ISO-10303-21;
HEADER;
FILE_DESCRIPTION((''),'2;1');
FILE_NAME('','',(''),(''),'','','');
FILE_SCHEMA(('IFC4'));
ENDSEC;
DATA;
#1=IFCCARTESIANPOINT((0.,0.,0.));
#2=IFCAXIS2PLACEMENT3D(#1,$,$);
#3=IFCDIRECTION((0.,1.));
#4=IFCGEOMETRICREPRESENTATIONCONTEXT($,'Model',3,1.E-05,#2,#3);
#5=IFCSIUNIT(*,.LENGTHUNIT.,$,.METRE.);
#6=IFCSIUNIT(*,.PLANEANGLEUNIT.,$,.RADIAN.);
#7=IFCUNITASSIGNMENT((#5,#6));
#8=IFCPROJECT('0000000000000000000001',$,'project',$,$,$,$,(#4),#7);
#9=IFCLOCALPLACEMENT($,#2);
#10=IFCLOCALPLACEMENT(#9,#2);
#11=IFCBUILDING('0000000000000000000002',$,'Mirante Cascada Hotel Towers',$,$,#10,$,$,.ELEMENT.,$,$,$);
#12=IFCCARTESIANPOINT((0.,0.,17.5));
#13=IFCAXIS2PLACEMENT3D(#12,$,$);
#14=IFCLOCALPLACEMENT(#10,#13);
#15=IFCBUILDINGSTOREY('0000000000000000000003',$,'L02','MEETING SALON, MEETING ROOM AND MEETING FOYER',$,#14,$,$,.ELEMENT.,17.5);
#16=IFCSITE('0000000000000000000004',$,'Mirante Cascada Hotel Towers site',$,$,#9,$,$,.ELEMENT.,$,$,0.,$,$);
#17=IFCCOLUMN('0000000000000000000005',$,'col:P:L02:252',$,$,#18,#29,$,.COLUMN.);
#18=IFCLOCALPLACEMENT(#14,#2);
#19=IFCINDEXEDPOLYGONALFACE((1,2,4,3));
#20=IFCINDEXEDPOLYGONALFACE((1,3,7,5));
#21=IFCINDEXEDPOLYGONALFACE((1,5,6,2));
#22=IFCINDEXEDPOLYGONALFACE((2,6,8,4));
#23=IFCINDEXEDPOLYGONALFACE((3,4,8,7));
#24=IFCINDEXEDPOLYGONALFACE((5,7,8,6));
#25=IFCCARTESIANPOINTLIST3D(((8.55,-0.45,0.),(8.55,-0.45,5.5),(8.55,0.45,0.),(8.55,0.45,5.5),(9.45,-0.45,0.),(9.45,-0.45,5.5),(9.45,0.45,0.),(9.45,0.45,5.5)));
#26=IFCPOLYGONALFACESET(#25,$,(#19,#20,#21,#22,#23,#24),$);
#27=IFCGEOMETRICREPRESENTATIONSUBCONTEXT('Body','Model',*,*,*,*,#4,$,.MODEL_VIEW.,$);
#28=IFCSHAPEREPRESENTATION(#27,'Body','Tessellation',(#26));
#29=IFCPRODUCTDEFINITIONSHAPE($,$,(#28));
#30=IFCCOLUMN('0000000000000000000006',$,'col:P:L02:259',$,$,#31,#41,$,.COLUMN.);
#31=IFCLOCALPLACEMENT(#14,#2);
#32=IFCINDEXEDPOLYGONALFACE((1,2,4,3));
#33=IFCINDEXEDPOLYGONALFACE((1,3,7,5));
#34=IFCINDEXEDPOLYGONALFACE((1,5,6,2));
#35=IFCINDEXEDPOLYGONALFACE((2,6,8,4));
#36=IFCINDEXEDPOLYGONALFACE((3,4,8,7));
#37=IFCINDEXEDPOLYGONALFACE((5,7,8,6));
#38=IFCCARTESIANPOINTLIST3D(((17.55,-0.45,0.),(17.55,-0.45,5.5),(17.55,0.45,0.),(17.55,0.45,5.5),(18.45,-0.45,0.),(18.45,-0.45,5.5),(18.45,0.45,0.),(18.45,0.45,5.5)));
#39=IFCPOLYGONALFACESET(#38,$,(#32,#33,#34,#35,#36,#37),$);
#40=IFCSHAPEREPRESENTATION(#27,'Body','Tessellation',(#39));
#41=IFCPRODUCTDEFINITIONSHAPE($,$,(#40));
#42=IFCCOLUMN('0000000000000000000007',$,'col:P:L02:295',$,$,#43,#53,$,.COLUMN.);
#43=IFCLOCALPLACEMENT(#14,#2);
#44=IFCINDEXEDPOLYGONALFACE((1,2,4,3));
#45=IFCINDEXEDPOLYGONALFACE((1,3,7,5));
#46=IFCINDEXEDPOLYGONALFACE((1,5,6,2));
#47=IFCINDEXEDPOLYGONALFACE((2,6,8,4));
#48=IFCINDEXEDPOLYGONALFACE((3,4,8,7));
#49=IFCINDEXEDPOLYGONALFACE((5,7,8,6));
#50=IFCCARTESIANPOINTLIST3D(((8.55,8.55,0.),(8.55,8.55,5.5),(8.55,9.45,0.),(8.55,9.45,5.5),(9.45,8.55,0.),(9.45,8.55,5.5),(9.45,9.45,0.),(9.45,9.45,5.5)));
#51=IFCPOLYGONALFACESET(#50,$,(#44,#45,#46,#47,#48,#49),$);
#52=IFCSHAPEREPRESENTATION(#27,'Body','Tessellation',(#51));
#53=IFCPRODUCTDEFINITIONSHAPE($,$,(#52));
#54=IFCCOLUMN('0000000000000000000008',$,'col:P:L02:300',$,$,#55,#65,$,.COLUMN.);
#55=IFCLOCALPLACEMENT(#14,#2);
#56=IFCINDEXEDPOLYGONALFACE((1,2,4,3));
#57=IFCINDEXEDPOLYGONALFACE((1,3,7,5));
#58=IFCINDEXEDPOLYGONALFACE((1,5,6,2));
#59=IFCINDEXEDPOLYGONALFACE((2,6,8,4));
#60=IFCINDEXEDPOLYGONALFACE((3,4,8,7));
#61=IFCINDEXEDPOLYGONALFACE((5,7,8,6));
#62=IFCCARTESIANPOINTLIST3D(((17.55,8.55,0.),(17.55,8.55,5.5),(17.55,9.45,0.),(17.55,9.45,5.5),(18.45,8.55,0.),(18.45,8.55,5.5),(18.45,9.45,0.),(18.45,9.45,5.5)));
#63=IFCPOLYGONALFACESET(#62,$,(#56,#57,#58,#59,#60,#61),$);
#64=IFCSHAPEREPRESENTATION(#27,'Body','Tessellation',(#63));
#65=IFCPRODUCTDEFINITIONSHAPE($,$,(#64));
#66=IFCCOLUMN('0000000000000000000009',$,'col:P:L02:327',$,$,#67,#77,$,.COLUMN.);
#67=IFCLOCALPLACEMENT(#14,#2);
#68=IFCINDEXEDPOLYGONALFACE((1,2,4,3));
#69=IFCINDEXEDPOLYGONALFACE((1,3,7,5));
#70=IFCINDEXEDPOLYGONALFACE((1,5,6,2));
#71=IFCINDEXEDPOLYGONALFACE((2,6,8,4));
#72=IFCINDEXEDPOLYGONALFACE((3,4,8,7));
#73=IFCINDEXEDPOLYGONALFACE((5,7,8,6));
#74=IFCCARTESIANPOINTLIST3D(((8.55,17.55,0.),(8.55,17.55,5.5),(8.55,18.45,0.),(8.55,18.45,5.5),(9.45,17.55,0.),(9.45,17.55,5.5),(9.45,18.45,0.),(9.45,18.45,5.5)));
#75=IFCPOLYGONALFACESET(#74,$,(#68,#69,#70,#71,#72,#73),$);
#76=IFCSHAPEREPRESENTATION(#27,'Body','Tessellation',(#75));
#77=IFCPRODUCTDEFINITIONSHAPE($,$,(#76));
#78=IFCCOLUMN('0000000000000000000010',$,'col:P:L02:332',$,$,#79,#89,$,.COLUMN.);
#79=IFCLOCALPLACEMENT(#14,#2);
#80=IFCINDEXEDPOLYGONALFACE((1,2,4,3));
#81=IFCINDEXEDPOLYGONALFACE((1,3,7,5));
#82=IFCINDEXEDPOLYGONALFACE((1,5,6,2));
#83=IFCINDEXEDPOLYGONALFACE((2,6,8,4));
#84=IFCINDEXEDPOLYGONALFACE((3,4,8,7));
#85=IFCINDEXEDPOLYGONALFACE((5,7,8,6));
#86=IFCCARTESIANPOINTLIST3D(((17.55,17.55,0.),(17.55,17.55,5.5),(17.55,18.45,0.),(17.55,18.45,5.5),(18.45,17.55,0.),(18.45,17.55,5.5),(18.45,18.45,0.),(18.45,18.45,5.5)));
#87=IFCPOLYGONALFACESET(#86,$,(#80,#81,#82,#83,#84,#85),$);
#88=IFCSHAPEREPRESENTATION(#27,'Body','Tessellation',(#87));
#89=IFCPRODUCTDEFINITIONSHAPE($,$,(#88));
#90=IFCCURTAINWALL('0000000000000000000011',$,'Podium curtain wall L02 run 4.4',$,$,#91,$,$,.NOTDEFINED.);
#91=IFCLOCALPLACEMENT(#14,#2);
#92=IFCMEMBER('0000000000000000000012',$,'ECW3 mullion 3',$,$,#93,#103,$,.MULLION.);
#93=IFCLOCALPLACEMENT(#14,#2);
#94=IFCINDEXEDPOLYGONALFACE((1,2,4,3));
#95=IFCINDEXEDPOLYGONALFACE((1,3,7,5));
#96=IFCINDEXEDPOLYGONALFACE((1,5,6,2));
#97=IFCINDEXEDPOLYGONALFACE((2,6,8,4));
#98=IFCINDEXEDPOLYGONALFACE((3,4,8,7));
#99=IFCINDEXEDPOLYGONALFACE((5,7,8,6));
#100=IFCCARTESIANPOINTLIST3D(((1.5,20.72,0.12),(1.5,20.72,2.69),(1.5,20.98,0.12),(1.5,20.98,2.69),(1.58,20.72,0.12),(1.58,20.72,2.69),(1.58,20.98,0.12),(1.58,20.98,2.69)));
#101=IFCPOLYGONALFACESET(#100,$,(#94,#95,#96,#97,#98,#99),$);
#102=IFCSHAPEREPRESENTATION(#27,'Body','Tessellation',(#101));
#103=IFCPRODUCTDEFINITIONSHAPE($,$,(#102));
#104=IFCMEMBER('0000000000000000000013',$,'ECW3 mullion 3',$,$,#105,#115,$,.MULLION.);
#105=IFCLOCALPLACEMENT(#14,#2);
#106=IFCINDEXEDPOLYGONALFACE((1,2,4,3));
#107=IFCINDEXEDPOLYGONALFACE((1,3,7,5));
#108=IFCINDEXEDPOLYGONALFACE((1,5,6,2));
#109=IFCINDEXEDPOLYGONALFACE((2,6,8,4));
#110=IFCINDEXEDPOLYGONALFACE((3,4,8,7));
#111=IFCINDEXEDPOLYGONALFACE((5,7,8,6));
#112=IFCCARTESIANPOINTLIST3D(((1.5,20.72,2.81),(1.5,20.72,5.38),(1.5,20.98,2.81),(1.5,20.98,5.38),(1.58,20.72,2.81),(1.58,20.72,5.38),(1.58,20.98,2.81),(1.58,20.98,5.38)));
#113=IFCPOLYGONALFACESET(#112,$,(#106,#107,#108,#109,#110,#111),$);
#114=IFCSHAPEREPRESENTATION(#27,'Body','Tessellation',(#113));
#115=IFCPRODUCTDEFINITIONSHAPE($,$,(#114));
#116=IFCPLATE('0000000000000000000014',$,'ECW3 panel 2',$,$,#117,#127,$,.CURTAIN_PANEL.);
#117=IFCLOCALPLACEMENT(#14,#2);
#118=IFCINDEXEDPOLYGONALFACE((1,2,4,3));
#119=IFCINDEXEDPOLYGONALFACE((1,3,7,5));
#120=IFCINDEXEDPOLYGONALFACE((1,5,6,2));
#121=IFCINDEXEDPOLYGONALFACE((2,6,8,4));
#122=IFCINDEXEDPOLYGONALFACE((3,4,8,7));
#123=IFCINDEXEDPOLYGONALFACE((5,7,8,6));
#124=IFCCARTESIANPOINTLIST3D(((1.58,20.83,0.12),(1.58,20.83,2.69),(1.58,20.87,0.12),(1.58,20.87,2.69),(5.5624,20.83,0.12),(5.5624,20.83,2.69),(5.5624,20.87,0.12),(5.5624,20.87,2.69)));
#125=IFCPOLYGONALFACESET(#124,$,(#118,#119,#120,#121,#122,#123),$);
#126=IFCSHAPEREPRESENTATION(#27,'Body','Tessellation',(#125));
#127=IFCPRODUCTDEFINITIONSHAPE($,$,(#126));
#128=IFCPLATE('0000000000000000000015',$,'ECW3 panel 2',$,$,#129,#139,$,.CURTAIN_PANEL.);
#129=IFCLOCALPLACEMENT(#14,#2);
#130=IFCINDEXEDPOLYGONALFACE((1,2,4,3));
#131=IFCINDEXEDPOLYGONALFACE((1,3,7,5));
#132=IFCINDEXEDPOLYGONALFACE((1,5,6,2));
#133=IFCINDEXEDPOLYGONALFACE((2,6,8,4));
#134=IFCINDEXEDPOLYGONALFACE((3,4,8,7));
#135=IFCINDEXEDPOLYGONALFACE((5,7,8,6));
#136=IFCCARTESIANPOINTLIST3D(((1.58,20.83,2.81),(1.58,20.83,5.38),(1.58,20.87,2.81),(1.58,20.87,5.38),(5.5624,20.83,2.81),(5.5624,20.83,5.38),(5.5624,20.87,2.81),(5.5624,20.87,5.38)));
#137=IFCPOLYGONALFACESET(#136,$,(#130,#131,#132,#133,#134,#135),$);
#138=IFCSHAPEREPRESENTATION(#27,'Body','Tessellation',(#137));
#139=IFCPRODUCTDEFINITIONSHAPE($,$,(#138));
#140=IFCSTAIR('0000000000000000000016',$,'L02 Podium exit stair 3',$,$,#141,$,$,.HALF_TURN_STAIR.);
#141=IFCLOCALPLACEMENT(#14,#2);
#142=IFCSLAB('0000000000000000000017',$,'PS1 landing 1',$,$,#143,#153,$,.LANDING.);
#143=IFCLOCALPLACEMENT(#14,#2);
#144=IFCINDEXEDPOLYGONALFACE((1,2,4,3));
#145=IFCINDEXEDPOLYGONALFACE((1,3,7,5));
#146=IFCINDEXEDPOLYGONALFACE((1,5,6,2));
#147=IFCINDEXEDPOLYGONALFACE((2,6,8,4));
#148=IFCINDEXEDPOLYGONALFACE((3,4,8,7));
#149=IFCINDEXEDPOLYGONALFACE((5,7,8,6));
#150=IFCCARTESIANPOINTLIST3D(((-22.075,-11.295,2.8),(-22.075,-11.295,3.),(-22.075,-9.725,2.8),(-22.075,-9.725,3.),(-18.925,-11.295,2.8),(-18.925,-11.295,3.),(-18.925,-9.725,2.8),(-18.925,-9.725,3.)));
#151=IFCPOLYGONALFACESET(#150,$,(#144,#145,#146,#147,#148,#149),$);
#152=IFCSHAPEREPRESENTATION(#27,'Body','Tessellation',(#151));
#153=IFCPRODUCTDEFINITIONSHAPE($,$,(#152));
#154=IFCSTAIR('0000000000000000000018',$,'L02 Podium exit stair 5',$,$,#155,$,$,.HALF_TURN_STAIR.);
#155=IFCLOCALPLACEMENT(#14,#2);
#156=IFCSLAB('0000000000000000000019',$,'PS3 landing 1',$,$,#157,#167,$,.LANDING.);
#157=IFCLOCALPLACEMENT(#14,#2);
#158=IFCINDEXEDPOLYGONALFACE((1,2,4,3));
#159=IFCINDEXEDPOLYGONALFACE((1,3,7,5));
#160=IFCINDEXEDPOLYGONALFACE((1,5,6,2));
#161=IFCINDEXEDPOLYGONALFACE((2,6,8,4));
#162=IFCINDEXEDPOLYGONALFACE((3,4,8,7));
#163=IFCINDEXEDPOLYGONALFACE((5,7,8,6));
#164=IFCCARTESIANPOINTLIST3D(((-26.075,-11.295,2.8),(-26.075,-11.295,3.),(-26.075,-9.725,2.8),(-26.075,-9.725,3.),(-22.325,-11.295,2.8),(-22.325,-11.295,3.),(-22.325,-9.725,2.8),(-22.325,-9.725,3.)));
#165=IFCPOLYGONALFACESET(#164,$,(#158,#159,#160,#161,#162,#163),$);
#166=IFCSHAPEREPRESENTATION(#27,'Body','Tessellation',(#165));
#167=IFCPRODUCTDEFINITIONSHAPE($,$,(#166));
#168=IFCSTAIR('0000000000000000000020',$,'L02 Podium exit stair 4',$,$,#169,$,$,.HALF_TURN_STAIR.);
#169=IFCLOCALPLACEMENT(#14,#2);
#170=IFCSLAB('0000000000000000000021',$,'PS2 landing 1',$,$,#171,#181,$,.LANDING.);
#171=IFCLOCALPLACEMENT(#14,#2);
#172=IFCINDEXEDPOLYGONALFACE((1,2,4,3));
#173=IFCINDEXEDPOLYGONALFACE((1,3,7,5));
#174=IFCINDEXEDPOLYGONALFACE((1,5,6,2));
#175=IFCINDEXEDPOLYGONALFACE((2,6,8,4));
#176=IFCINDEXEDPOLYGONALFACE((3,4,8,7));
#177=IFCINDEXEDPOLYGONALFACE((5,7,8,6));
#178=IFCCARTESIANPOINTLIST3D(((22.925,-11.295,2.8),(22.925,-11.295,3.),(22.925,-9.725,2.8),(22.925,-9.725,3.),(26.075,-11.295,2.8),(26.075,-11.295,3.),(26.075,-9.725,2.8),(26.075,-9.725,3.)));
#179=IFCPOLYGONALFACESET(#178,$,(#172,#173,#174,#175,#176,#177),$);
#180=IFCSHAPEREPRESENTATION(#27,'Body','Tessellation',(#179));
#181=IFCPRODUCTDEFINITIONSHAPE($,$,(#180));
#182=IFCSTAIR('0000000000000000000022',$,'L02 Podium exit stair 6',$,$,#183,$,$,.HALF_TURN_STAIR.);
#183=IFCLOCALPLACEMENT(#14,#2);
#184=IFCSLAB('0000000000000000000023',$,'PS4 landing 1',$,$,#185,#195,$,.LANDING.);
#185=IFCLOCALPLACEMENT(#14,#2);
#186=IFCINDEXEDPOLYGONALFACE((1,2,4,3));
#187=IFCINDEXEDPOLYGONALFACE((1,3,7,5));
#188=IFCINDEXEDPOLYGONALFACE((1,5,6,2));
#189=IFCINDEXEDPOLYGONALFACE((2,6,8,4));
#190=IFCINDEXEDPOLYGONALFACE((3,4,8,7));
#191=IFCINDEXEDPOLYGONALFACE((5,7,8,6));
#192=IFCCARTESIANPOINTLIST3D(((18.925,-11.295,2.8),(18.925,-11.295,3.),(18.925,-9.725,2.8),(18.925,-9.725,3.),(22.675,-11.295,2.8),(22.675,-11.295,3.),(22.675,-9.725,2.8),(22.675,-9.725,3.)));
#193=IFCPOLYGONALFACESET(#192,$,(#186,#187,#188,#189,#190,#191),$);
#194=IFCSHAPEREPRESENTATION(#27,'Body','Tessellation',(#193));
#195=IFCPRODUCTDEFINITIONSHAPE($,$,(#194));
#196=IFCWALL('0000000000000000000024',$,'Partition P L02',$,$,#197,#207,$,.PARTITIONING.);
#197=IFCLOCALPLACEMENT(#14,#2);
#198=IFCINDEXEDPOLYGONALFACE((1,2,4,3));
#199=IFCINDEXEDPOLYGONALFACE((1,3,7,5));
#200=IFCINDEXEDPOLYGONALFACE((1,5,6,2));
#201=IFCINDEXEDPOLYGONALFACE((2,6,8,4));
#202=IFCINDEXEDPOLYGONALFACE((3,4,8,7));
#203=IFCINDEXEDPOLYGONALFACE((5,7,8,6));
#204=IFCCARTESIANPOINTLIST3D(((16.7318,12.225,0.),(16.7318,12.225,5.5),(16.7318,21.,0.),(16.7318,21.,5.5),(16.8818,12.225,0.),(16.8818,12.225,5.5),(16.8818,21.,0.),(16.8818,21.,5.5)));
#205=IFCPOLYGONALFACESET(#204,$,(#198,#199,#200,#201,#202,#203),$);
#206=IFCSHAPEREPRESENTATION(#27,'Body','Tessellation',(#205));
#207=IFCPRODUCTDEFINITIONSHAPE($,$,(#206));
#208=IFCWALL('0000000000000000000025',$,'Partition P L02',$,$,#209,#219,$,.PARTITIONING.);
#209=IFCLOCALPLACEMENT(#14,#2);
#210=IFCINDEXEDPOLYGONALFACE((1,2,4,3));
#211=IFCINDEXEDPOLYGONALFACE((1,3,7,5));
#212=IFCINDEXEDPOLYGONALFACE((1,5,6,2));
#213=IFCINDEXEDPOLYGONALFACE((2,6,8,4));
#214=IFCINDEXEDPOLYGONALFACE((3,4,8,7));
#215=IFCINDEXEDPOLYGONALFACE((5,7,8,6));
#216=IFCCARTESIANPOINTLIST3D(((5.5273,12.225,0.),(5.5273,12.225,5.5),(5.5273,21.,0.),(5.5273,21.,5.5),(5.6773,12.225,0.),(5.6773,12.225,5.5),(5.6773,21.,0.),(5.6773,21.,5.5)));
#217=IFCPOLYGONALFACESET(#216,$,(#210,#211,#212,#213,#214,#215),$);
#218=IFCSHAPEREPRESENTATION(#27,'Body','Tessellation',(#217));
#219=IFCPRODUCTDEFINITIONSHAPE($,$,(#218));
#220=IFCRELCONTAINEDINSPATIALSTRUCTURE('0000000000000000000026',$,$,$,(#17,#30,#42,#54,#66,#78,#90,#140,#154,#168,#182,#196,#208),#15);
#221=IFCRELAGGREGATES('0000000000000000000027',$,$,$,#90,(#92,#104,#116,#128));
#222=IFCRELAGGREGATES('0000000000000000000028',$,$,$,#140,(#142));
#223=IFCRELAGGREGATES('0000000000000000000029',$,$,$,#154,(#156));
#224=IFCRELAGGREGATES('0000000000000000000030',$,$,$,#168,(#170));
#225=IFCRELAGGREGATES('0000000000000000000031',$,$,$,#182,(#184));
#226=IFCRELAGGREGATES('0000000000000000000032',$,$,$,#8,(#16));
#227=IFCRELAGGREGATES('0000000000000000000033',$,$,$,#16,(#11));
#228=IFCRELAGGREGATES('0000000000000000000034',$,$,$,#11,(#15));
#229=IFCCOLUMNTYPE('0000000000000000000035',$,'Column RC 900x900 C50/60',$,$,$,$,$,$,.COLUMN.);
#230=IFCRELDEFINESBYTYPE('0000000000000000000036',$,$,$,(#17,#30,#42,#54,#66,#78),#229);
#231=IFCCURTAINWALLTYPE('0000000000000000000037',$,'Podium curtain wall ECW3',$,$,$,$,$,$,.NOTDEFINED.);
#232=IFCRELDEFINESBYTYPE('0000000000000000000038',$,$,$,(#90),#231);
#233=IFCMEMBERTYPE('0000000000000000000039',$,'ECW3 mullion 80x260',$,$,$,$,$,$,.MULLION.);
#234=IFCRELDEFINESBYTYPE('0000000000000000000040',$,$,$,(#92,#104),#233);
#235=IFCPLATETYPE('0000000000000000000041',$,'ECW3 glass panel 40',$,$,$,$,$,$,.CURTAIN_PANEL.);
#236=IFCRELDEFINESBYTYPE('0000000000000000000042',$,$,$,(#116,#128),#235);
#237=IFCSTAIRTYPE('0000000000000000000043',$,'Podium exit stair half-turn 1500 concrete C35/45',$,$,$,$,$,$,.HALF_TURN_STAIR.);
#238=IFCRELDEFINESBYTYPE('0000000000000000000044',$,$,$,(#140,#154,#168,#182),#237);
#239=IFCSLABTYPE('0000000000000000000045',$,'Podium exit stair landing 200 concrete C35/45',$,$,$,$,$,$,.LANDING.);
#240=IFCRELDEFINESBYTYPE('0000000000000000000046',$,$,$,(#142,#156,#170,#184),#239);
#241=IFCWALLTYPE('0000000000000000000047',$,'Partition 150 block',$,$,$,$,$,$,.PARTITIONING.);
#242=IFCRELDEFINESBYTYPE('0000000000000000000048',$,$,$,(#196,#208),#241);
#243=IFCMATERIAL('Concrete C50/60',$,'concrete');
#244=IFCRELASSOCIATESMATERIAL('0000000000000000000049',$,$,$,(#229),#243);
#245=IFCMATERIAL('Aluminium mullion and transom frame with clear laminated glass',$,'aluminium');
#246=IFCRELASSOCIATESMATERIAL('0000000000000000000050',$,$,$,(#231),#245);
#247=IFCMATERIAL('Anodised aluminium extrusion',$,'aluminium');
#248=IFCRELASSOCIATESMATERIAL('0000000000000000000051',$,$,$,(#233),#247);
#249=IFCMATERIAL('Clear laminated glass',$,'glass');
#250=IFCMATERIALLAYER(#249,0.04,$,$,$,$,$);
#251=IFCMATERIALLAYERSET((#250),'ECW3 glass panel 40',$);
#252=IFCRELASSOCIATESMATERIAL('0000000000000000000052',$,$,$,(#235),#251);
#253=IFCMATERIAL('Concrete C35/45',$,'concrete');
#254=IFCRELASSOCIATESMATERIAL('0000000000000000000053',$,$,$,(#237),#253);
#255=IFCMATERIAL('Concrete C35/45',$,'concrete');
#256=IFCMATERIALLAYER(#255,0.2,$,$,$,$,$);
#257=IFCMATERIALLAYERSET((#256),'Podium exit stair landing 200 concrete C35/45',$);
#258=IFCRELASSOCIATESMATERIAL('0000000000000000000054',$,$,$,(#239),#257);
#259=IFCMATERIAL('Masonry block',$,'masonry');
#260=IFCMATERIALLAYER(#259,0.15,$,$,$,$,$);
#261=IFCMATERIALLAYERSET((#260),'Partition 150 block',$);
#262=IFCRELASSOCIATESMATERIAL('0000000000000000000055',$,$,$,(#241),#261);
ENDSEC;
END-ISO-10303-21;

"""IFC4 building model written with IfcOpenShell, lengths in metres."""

from ifc_helpers import new_model, si_unit, direction, frame, frame_2d, origin, origin_2d, place, context, subcontext, project, spatial, polyline, rectangle, outline, extrude, material, layer, layer_set, material_profile, profile_set, type_object, element, aggregate, save


model = new_model("IFC4")

# Units and contexts
model_context = context("Model", 3, precision=1e-05, world=origin(), true_north=direction((0.0, 1.0)))
body_context = subcontext(model_context, "Body", "Model", "MODEL_VIEW")
ifc_project = project(units=[si_unit("LENGTHUNIT", "METRE"), si_unit("PLANEANGLEUNIT", "RADIAN")], contexts=[model_context])

# Site, building, storey
site_placement = place(None, origin())
site = spatial("IfcSite", under=ifc_project, at=site_placement, Name="Mirante Cascada Hotel Towers site", CompositionType="ELEMENT", RefElevation=0.0)
building_placement = place(site_placement, origin())
building = spatial("IfcBuilding", under=site, at=building_placement, Name="Mirante Cascada Hotel Towers", CompositionType="ELEMENT")
storey_placement = place(building_placement, frame((0.0, 0.0, 17.5)))
storey = spatial("IfcBuildingStorey", under=building, at=storey_placement, Name="L02", Description="MEETING SALON, MEETING ROOM AND MEETING FOYER", CompositionType="ELEMENT", Elevation=17.5)

# Columns
ifc_material_1 = material(Name="Concrete C50/60", Category="concrete")
ifc_material_profile_1 = material_profile(ifc_material_1, rectangle(XDim=0.9, YDim=0.9, at=origin_2d()), Name="RC 900x900")
ifc_profile_set_1 = profile_set([ifc_material_profile_1], Name="Concrete C50/60")
column_type = type_object("IfcColumnType", Name="Column RC 900x900 C50/60", PredefinedType="COLUMN", material=ifc_profile_set_1)
for number, where, z_axis, x_axis, name in (
    (1, (9.0, 0.0, 0.0), (0.0, 0.0, 1.0), (1.0, 0.0, 0.0), "col:P:L02:252"),
    (2, (18.0, 0.0, 0.0), (0.0, 0.0, 1.0), (1.0, 0.0, 0.0), "col:P:L02:259"),
    (3, (9.0, 9.0, 0.0), (0.0, 0.0, 1.0), (1.0, 0.0, 0.0), "col:P:L02:295"),
    (4, (18.0, 9.0, 0.0), (0.0, 0.0, 1.0), (1.0, 0.0, 0.0), "col:P:L02:300"),
    (5, (9.0, 18.0, 0.0), (0.0, 0.0, 1.0), (1.0, 0.0, 0.0), "col:P:L02:327"),
    (6, (18.0, 18.0, 0.0), (0.0, 0.0, 1.0), (1.0, 0.0, 0.0), "col:P:L02:332"),
):
    element("IfcColumn", number, at=place(storey_placement, frame(where, z_axis=z_axis, x_axis=x_axis)), inside=storey, type_object=column_type, Name=name, PredefinedType="COLUMN", context=body_context, shape_type="SweptSolid", body=[
        extrude(rectangle(XDim=0.9, YDim=0.9, at=origin_2d()), origin(), (0.0, 0.0, 1.0), 5.5),
    ])

# Curtain wall, members, plates
ifc_material_2 = material(Name="Aluminium mullion and transom frame with clear laminated glass", Category="aluminium")
curtain_wall_type = type_object("IfcCurtainWallType", Name="Podium curtain wall ECW3", PredefinedType="NOTDEFINED", material=ifc_material_2)
curtain_wall_placement = place(storey_placement, origin())
curtain_wall = element("IfcCurtainWall", 7, at=curtain_wall_placement, inside=storey, type_object=curtain_wall_type, Name="Podium curtain wall L02 run 4.4", PredefinedType="NOTDEFINED")
ifc_material_3 = material(Name="Anodised aluminium extrusion", Category="aluminium")
ifc_material_profile_2 = material_profile(ifc_material_3, rectangle(XDim=0.26, YDim=0.08, at=origin_2d()), Name="ECW3 MULLION 80x260")
ifc_profile_set_2 = profile_set([ifc_material_profile_2], Name="Anodised aluminium extrusion")
member_type = type_object("IfcMemberType", Name="ECW3 mullion 80x260", PredefinedType="MULLION", material=ifc_profile_set_2)
member_1_placement = place(storey_placement, frame((1.54, 20.85, 0.12), z_axis=(0.0, 0.0, 1.0), x_axis=(0.0, -1.0, 0.0)))
member_1 = element("IfcMember", 8, at=member_1_placement, type_object=member_type, Name="ECW3 mullion 3", PredefinedType="MULLION", context=body_context, shape_type="SweptSolid", body=[
    extrude(rectangle(XDim=0.26, YDim=0.08, at=origin_2d()), origin(), (0.0, 0.0, 1.0), 2.57),
])
member_2_placement = place(storey_placement, frame((1.54, 20.85, 2.81), z_axis=(0.0, 0.0, 1.0), x_axis=(0.0, -1.0, 0.0)))
member_2 = element("IfcMember", 9, at=member_2_placement, type_object=member_type, Name="ECW3 mullion 3", PredefinedType="MULLION", context=body_context, shape_type="SweptSolid", body=[
    extrude(rectangle(XDim=0.26, YDim=0.08, at=origin_2d()), origin(), (0.0, 0.0, 1.0), 2.57),
])
ifc_material_4 = material(Name="Clear laminated glass", Category="glass")
ifc_layer_1 = layer(ifc_material_4, 0.04)
ifc_layer_set_1 = layer_set([ifc_layer_1], Name="ECW3 glass panel 40")
plate_type = type_object("IfcPlateType", Name="ECW3 glass panel 40", PredefinedType="CURTAIN_PANEL", material=ifc_layer_set_1)
plate_1_placement = place(storey_placement, frame((3.5712, 20.85, 0.12), z_axis=(0.0, 0.0, 1.0), x_axis=(-1.0, 0.0, 0.0)))
plate_1 = element("IfcPlate", 10, at=plate_1_placement, type_object=plate_type, Name="ECW3 panel 2", PredefinedType="CURTAIN_PANEL", context=body_context, shape_type="SweptSolid", body=[
    extrude(rectangle(XDim=3.9825, YDim=0.04, at=origin_2d()), origin(), (0.0, 0.0, 1.0), 2.57),
])
plate_2_placement = place(storey_placement, frame((3.5712, 20.85, 2.81), z_axis=(0.0, 0.0, 1.0), x_axis=(-1.0, 0.0, 0.0)))
plate_2 = element("IfcPlate", 11, at=plate_2_placement, type_object=plate_type, Name="ECW3 panel 2", PredefinedType="CURTAIN_PANEL", context=body_context, shape_type="SweptSolid", body=[
    extrude(rectangle(XDim=3.9825, YDim=0.04, at=origin_2d()), origin(), (0.0, 0.0, 1.0), 2.57),
])
aggregate(curtain_wall, [member_1, member_2, plate_1, plate_2])

# Stairs, slabs
ifc_material_5 = material(Name="Concrete C35/45", Category="concrete")
stair_type = type_object("IfcStairType", Name="Podium exit stair half-turn 1500 concrete C35/45", PredefinedType="HALF_TURN_STAIR", material=ifc_material_5)
stair_1_placement = place(storey_placement, origin())
stair_1 = element("IfcStair", 12, at=stair_1_placement, inside=storey, type_object=stair_type, Name="L02 Podium exit stair 3", PredefinedType="HALF_TURN_STAIR")
ifc_material_6 = material(Name="Concrete C35/45", Category="concrete")
ifc_layer_2 = layer(ifc_material_6, 0.2)
ifc_layer_set_2 = layer_set([ifc_layer_2], Name="Podium exit stair landing 200 concrete C35/45")
slab_type = type_object("IfcSlabType", Name="Podium exit stair landing 200 concrete C35/45", PredefinedType="LANDING", material=ifc_layer_set_2)
slab_1_placement = place(storey_placement, frame((0.0, 0.0, 2.8)))
slab_1 = element("IfcSlab", 13, at=slab_1_placement, type_object=slab_type, Name="PS1 landing 1", PredefinedType="LANDING", context=body_context, shape_type="SweptSolid", body=[
    extrude(outline(polyline([(-18.925, -11.295), (-18.925, -9.725), (-22.075, -9.725), (-22.075, -11.295), (-18.925, -11.295)])), origin(), (0.0, 0.0, 1.0), 0.2),
])
aggregate(stair_1, [slab_1])
stair_2_placement = place(storey_placement, origin())
stair_2 = element("IfcStair", 14, at=stair_2_placement, inside=storey, type_object=stair_type, Name="L02 Podium exit stair 5", PredefinedType="HALF_TURN_STAIR")
slab_2_placement = place(storey_placement, frame((0.0, 0.0, 2.8)))
slab_2 = element("IfcSlab", 15, at=slab_2_placement, type_object=slab_type, Name="PS3 landing 1", PredefinedType="LANDING", context=body_context, shape_type="SweptSolid", body=[
    extrude(outline(polyline([(-22.325, -11.295), (-22.325, -9.725), (-26.075, -9.725), (-26.075, -11.295), (-22.325, -11.295)])), origin(), (0.0, 0.0, 1.0), 0.2),
])
aggregate(stair_2, [slab_2])
stair_3_placement = place(storey_placement, origin())
stair_3 = element("IfcStair", 16, at=stair_3_placement, inside=storey, type_object=stair_type, Name="L02 Podium exit stair 4", PredefinedType="HALF_TURN_STAIR")
slab_3_placement = place(storey_placement, frame((0.0, 0.0, 2.8)))
slab_3 = element("IfcSlab", 17, at=slab_3_placement, type_object=slab_type, Name="PS2 landing 1", PredefinedType="LANDING", context=body_context, shape_type="SweptSolid", body=[
    extrude(outline(polyline([(26.075, -11.295), (26.075, -9.725), (22.925, -9.725), (22.925, -11.295), (26.075, -11.295)])), origin(), (0.0, 0.0, 1.0), 0.2),
])
aggregate(stair_3, [slab_3])
stair_4_placement = place(storey_placement, origin())
stair_4 = element("IfcStair", 18, at=stair_4_placement, inside=storey, type_object=stair_type, Name="L02 Podium exit stair 6", PredefinedType="HALF_TURN_STAIR")
slab_4_placement = place(storey_placement, frame((0.0, 0.0, 2.8)))
slab_4 = element("IfcSlab", 19, at=slab_4_placement, type_object=slab_type, Name="PS4 landing 1", PredefinedType="LANDING", context=body_context, shape_type="SweptSolid", body=[
    extrude(outline(polyline([(22.675, -11.295), (22.675, -9.725), (18.925, -9.725), (18.925, -11.295), (22.675, -11.295)])), origin(), (0.0, 0.0, 1.0), 0.2),
])
aggregate(stair_4, [slab_4])

# Walls
ifc_material_7 = material(Name="Masonry block", Category="masonry")
ifc_layer_3 = layer(ifc_material_7, 0.15)
ifc_layer_set_3 = layer_set([ifc_layer_3], Name="Partition 150 block")
wall_type_1 = type_object("IfcWallType", Name="Partition 150 block", PredefinedType="PARTITIONING", material=ifc_layer_set_3)
for number, where, z_axis, x_axis, name in (
    (20, (16.8068, 12.225, 0.0), (0.0, 0.0, 1.0), (0.0, 1.0, 0.0), "Partition P L02"),
    (21, (5.6023, 12.225, 0.0), (0.0, 0.0, 1.0), (0.0, 1.0, 0.0), "Partition P L02"),
):
    element("IfcWall", number, at=place(storey_placement, frame(where, z_axis=z_axis, x_axis=x_axis)), inside=storey, type_object=wall_type_1, Name=name, PredefinedType="PARTITIONING", context=body_context, shape_type="SweptSolid", body=[
        extrude(rectangle(XDim=8.775, YDim=0.15, at=frame_2d((4.3875, 0.0))), origin(), (0.0, 0.0, 1.0), 5.5),
    ])

save(model, "model.ifc")
